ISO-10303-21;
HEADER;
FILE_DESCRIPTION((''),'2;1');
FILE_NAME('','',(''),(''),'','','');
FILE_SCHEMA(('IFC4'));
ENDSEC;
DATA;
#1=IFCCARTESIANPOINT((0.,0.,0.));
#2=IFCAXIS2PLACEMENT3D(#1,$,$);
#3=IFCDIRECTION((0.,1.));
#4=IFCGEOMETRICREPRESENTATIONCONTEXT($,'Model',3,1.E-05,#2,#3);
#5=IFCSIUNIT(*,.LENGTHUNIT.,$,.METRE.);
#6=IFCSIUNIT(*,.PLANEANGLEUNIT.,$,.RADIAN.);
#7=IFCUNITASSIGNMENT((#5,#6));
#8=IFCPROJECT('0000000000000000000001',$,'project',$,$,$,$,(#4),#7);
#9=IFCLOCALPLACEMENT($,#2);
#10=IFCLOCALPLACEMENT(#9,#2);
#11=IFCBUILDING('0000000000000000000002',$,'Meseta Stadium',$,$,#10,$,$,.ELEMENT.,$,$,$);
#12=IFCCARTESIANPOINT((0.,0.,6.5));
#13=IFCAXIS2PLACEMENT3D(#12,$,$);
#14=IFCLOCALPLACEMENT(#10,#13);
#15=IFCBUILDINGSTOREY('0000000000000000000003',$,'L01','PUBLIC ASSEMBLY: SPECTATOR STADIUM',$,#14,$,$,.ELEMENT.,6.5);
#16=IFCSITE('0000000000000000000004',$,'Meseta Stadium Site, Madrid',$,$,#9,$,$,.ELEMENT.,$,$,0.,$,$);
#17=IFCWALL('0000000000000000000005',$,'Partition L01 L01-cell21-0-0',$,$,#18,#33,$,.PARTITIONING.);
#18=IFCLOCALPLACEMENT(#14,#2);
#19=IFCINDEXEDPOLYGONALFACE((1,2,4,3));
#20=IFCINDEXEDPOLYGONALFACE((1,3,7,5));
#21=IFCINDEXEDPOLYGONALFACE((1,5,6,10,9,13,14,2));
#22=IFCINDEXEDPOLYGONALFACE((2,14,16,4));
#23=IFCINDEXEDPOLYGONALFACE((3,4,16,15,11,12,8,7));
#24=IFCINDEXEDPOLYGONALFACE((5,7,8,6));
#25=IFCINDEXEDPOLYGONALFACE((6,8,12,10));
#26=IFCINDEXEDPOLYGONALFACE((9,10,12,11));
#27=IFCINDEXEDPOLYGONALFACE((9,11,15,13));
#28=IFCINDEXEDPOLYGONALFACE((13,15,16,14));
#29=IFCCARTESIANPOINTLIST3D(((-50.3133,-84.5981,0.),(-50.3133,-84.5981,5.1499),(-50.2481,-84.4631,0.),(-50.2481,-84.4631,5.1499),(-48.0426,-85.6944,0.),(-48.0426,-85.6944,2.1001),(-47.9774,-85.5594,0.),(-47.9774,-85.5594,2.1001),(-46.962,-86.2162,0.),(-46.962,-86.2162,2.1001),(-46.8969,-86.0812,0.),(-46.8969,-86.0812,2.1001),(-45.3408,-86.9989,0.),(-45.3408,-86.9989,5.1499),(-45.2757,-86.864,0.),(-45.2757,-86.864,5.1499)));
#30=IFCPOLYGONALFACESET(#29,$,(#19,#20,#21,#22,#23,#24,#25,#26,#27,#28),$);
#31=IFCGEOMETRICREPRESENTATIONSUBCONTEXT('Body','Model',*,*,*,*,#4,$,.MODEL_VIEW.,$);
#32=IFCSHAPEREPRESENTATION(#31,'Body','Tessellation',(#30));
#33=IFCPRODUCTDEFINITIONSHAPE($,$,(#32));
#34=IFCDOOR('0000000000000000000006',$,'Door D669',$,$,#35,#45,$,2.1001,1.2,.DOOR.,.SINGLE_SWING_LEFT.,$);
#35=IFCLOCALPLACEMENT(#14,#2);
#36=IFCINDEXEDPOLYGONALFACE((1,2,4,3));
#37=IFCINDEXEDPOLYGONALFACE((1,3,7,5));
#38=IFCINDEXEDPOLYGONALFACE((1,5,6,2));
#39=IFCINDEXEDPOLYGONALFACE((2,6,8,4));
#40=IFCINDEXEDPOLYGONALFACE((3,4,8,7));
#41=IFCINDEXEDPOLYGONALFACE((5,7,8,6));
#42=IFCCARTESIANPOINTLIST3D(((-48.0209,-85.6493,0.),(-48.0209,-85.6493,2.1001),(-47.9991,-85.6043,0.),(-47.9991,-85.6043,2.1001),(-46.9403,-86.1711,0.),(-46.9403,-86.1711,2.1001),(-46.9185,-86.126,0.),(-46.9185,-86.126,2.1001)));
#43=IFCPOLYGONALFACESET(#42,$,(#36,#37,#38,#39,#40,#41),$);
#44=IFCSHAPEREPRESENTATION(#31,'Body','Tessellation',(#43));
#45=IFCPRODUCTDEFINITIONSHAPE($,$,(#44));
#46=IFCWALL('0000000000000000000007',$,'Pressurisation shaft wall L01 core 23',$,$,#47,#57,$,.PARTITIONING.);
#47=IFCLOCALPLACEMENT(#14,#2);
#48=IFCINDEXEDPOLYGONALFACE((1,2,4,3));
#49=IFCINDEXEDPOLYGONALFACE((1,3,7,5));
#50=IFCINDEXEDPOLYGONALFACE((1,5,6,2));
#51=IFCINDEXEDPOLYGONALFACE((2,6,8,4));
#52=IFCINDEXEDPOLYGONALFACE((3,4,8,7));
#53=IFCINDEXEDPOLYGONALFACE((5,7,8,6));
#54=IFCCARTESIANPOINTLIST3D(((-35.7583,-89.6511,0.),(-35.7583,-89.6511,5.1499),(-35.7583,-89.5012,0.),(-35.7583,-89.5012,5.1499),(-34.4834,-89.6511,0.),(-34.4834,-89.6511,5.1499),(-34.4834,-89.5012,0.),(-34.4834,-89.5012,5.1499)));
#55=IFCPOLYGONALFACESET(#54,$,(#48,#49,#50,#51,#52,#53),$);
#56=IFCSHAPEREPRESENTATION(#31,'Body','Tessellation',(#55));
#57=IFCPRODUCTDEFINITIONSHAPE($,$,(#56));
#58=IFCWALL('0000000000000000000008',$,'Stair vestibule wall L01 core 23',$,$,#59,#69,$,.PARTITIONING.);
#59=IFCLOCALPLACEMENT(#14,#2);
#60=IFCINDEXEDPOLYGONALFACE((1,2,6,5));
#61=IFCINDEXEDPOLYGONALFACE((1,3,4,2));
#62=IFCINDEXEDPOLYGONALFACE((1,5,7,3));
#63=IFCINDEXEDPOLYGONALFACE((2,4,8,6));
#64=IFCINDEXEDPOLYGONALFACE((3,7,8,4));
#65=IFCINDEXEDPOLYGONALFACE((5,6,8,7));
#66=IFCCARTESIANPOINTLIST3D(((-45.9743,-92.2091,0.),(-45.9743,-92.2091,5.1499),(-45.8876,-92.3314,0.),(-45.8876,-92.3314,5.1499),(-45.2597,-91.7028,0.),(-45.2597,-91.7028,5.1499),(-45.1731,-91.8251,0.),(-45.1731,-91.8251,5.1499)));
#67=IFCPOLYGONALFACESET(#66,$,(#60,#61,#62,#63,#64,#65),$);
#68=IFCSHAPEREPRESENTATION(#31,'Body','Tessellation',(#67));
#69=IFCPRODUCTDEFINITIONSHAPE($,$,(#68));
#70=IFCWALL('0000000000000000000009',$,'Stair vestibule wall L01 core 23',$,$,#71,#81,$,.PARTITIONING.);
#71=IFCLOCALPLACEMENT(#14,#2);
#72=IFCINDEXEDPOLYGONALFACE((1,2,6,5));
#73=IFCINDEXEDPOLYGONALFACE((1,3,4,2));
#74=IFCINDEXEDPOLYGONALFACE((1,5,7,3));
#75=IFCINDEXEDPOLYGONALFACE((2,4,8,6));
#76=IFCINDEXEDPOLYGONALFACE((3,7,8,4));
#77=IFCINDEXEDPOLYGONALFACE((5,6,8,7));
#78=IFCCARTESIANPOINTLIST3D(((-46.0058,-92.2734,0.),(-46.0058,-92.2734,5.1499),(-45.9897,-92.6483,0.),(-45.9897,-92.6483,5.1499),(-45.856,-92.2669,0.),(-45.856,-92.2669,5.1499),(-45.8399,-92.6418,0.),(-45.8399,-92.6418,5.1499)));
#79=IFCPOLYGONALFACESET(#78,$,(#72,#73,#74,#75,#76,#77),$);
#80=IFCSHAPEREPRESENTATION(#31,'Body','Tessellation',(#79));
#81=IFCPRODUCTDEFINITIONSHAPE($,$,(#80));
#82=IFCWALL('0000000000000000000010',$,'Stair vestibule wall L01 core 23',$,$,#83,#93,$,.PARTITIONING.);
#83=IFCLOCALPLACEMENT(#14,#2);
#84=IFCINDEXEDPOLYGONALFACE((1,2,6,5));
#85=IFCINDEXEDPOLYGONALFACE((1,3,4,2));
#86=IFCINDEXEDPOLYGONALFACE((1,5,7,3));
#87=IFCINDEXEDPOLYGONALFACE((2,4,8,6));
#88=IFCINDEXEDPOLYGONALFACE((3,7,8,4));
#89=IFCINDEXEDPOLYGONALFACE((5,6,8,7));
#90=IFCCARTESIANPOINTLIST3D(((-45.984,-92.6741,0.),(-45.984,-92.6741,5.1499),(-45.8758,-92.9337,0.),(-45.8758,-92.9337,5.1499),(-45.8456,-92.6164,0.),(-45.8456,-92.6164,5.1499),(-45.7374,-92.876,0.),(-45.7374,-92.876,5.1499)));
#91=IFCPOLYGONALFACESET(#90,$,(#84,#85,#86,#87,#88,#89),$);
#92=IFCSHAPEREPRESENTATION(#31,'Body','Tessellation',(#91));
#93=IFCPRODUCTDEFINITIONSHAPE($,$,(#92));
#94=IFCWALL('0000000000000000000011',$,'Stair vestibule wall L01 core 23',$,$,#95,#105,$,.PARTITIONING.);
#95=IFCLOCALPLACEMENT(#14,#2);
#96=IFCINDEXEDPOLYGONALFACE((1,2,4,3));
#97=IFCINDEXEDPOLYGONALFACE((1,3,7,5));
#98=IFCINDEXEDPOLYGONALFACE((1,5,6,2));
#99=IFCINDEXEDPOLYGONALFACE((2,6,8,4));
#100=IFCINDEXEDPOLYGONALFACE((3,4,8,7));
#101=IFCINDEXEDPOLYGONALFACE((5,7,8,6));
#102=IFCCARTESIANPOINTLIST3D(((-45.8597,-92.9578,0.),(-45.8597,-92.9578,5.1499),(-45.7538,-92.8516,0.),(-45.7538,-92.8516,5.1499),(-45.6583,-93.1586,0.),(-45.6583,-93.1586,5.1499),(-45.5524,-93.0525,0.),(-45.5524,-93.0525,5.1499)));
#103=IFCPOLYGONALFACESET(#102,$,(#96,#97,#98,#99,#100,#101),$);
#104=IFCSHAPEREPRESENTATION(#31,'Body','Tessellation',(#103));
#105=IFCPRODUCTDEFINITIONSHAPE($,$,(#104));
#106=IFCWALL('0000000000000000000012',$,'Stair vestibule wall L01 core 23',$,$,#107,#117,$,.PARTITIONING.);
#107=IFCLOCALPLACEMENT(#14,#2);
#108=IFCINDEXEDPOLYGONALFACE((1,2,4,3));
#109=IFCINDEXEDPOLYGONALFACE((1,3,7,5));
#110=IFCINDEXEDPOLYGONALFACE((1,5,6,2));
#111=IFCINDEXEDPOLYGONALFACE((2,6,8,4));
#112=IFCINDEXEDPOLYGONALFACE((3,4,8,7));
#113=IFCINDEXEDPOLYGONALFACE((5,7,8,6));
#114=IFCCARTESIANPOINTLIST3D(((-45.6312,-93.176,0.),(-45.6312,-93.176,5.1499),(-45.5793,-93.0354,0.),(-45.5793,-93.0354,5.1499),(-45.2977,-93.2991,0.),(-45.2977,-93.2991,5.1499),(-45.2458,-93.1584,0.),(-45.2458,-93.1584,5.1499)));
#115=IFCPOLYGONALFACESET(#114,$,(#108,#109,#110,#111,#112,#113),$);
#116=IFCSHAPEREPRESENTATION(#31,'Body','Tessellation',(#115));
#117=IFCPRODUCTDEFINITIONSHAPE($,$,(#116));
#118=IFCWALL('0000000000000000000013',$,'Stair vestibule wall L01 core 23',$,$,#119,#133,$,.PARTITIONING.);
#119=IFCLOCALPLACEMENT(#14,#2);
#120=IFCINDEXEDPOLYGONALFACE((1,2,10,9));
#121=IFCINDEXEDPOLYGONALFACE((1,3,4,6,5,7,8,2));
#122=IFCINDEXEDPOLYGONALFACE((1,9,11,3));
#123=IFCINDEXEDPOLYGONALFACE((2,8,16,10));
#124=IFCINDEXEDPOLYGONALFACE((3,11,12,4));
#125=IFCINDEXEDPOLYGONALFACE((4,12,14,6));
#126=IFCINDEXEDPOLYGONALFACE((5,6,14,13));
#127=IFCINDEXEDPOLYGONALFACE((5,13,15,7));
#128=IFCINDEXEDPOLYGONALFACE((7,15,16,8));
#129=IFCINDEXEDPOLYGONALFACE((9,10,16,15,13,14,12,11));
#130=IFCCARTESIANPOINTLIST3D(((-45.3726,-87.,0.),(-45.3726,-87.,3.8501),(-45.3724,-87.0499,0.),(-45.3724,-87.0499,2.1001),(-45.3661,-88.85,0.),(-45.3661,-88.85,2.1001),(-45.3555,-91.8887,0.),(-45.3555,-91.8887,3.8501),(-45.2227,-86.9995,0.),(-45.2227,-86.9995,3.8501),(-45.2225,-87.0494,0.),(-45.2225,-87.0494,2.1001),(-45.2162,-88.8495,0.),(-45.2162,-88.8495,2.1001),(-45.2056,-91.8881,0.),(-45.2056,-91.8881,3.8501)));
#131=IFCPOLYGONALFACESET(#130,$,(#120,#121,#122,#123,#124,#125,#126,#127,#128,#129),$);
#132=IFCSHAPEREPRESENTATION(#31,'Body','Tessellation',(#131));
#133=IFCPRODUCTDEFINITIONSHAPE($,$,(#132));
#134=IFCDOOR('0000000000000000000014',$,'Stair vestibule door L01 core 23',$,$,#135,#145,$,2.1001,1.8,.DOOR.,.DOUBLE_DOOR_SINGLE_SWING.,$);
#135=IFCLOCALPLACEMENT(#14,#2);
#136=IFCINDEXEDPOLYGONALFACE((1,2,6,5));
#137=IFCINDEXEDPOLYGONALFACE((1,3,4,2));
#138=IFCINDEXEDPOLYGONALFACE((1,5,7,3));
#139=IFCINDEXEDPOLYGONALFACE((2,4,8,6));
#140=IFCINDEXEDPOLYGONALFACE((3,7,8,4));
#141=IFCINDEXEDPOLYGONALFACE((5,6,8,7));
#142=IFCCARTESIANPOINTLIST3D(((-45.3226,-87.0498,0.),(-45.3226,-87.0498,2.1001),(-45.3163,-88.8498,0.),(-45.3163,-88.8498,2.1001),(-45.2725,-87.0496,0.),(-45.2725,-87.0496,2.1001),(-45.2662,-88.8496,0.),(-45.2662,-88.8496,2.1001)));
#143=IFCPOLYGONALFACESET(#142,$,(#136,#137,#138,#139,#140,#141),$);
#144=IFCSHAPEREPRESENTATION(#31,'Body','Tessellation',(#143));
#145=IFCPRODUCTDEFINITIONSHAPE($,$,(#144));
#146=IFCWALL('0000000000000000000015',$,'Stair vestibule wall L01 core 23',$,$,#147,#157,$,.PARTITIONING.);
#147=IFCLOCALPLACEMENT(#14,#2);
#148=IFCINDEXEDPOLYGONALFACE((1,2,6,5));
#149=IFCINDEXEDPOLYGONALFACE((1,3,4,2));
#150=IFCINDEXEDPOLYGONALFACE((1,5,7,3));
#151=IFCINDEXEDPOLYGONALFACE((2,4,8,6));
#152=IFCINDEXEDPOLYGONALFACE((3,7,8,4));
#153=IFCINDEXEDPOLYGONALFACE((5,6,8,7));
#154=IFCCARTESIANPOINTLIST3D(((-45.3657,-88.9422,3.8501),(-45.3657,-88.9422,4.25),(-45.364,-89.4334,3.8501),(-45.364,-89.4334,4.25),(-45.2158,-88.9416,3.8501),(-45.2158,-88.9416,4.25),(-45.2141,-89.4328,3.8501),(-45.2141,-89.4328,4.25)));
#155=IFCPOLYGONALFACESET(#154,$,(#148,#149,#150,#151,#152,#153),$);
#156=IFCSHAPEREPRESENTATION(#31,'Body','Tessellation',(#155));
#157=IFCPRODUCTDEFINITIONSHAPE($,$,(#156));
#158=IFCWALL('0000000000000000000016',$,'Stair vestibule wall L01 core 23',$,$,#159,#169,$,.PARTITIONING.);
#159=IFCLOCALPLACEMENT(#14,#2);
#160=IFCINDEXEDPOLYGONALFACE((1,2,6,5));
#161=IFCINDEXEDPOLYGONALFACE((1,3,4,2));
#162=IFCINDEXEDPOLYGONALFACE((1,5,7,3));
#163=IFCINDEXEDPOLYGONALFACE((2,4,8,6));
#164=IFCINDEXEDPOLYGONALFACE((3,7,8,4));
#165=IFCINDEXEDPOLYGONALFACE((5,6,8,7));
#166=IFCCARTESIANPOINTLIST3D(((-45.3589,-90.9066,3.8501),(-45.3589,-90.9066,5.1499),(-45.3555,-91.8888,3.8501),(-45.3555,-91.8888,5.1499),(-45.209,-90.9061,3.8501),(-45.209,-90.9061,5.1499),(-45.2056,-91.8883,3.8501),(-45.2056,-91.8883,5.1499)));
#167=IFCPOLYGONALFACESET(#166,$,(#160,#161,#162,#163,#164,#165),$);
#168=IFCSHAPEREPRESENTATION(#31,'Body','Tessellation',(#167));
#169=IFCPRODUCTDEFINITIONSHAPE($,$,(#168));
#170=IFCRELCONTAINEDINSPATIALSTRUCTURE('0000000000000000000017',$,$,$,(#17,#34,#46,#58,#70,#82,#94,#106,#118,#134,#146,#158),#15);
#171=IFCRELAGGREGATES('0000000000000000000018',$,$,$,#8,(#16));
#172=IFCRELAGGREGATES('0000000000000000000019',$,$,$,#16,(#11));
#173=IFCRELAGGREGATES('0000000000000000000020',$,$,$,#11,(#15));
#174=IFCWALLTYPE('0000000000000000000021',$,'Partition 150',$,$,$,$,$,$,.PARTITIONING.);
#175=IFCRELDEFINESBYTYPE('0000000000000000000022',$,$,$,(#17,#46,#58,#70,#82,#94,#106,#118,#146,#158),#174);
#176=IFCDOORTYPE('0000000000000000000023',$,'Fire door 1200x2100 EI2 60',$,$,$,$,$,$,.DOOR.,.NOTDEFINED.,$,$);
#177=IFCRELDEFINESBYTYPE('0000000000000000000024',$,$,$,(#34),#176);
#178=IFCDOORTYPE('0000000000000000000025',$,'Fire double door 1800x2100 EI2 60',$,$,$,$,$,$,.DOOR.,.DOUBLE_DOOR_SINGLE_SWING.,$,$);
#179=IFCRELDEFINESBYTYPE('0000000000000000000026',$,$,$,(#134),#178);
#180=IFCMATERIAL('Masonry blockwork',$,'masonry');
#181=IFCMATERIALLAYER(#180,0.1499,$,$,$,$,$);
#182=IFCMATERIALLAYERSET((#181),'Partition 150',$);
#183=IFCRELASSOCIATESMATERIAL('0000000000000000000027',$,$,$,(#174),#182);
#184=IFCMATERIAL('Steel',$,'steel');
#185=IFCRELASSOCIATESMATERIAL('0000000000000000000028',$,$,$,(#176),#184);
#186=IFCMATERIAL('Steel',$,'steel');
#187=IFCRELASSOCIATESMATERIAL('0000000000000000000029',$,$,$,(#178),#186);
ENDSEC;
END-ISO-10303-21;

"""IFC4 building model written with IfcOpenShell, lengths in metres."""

from ifc_helpers import new_model, si_unit, direction, frame, frame_2d, origin, place, context, subcontext, project, spatial, rectangle, extrude, material, layer, layer_set, type_object, element, fill, save


model = new_model("IFC4")

# Units and contexts
model_context = context("Model", 3, precision=1e-05, world=origin(), true_north=direction((0.0, 1.0)))
body_context = subcontext(model_context, "Body", "Model", "MODEL_VIEW")
ifc_project = project(units=[si_unit("LENGTHUNIT", "METRE"), si_unit("PLANEANGLEUNIT", "RADIAN")], contexts=[model_context])

# Site, building, storey
site_placement = place(None, origin())
site = spatial("IfcSite", under=ifc_project, at=site_placement, Name="Meseta Stadium Site, Madrid", CompositionType="ELEMENT", RefElevation=0.0)
building_placement = place(site_placement, origin())
building = spatial("IfcBuilding", under=site, at=building_placement, Name="Meseta Stadium", CompositionType="ELEMENT")
storey_placement = place(building_placement, frame((0.0, 0.0, 6.5)))
storey = spatial("IfcBuildingStorey", under=building, at=storey_placement, Name="L01", Description="PUBLIC ASSEMBLY: SPECTATOR STADIUM", CompositionType="ELEMENT", Elevation=6.5)

# Wall, opening, door
ifc_material_1 = material(Name="Masonry blockwork", Category="masonry")
ifc_layer_1 = layer(ifc_material_1, 0.1499)
ifc_layer_set_1 = layer_set([ifc_layer_1], Name="Partition 150")
wall_type_1 = type_object("IfcWallType", Name="Partition 150", PredefinedType="PARTITIONING", material=ifc_layer_set_1)
wall_1_placement = place(storey_placement, frame((-45.3083, -86.9314, 0.0), z_axis=(0.0, 0.0, 1.0), x_axis=(-0.900523, 0.434808, 0.0)))
wall_1 = element("IfcWall", 1, at=wall_1_placement, inside=storey, type_object=wall_type_1, Name="Partition L01 L01-cell21-0-0", PredefinedType="PARTITIONING", context=body_context, shape_type="SweptSolid", body=[
    extrude(rectangle(XDim=5.5217, YDim=0.1499, at=frame_2d((2.7607, 0.0))), origin(), (0.0, 0.0, 1.0), 5.1499),
])
opening_1_placement = place(wall_1_placement, frame((1.8, 0.0, 0.0)))
opening_1 = element("IfcOpeningElement", 2, at=opening_1_placement, cuts=wall_1, PredefinedType="OPENING", context=body_context, shape_type="SweptSolid", body=[
    extrude(rectangle(XDim=1.2, YDim=2.1001, at=frame_2d((0.6001, 1.05))), frame((0.0, 0.085, 0.0), z_axis=(0.0, -1.0, 0.0), x_axis=(1.0, 0.0, 0.0)), (0.0, 0.0, 1.0), 0.1699),
])
ifc_material_2 = material(Name="Steel", Category="steel")
door_type_1 = type_object("IfcDoorType", Name="Fire door 1200x2100 EI2 60", OperationType="NOTDEFINED", PredefinedType="DOOR", material=ifc_material_2)
door_1_placement = place(opening_1_placement, origin())
door_1 = element("IfcDoor", 3, at=door_1_placement, inside=storey, type_object=door_type_1, Name="Door D669", OperationType="SINGLE_SWING_LEFT", OverallHeight=2.1001, OverallWidth=1.2, PredefinedType="DOOR", context=body_context, shape_type="SweptSolid", body=[
    extrude(rectangle(XDim=1.2, YDim=2.1001, at=frame_2d((0.6001, 1.05))), frame((0.0, 0.0249, 0.0), z_axis=(0.0, -1.0, 0.0), x_axis=(1.0, 0.0, 0.0)), (0.0, 0.0, 1.0), 0.05),
])
fill(opening_1, door_1)

# Walls
wall_2_placement = place(storey_placement, frame((-35.7583, -89.5762, 0.0), z_axis=(0.0, 0.0, 1.0), x_axis=(1.0, 0.0, 0.0)))
element("IfcWall", 4, at=wall_2_placement, inside=storey, type_object=wall_type_1, Name="Pressurisation shaft wall L01 core 23", PredefinedType="PARTITIONING", context=body_context, shape_type="SweptSolid", body=[
    extrude(rectangle(XDim=1.2749, YDim=0.1499, at=frame_2d((0.6375, 0.0))), origin(), (0.0, 0.0, 1.0), 5.1499),
])
wall_3_placement = place(storey_placement, frame((-45.2163, -91.7639, 0.0), z_axis=(0.0, 0.0, 1.0), x_axis=(-0.815931, -0.578149, 0.0)))
element("IfcWall", 5, at=wall_3_placement, inside=storey, type_object=wall_type_1, Name="Stair vestibule wall L01 core 23", PredefinedType="PARTITIONING", context=body_context, shape_type="SweptSolid", body=[
    extrude(rectangle(XDim=0.8757, YDim=0.1499, at=frame_2d((0.438, 0.0))), origin(), (0.0, 0.0, 1.0), 5.1499),
])
wall_4_placement = place(storey_placement, frame((-45.9309, -92.2703, 0.0), z_axis=(0.0, 0.0, 1.0), x_axis=(0.042929, -0.999078, 0.0)))
element("IfcWall", 6, at=wall_4_placement, inside=storey, type_object=wall_type_1, Name="Stair vestibule wall L01 core 23", PredefinedType="PARTITIONING", context=body_context, shape_type="SweptSolid", body=[
    extrude(rectangle(XDim=0.3752, YDim=0.1499, at=frame_2d((0.1875, 0.0))), origin(), (0.0, 0.0, 1.0), 5.1499),
])
wall_5_placement = place(storey_placement, frame((-45.9148, -92.6453, 0.0), z_axis=(0.0, 0.0, 1.0), x_axis=(0.384677, -0.923051, 0.0)))
element("IfcWall", 7, at=wall_5_placement, inside=storey, type_object=wall_type_1, Name="Stair vestibule wall L01 core 23", PredefinedType="PARTITIONING", context=body_context, shape_type="SweptSolid", body=[
    extrude(rectangle(XDim=0.2812, YDim=0.1499, at=frame_2d((0.1406, 0.0))), origin(), (0.0, 0.0, 1.0), 5.1499),
])
wall_6_placement = place(storey_placement, frame((-45.8066, -92.9048, 0.0), z_axis=(0.0, 0.0, 1.0), x_axis=(0.707964, -0.706248, 0.0)))
element("IfcWall", 8, at=wall_6_placement, inside=storey, type_object=wall_type_1, Name="Stair vestibule wall L01 core 23", PredefinedType="PARTITIONING", context=body_context, shape_type="SweptSolid", body=[
    extrude(rectangle(XDim=0.2844, YDim=0.1499, at=frame_2d((0.1421, 0.0))), origin(), (0.0, 0.0, 1.0), 5.1499),
])
wall_7_placement = place(storey_placement, frame((-45.6052, -93.1057, 0.0), z_axis=(0.0, 0.0, 1.0), x_axis=(0.938179, -0.346151, 0.0)))
element("IfcWall", 9, at=wall_7_placement, inside=storey, type_object=wall_type_1, Name="Stair vestibule wall L01 core 23", PredefinedType="PARTITIONING", context=body_context, shape_type="SweptSolid", body=[
    extrude(rectangle(XDim=0.3555, YDim=0.1499, at=frame_2d((0.1777, 0.0))), origin(), (0.0, 0.0, 1.0), 5.1499),
])

# Wall, opening, door
wall_8_placement = place(storey_placement, frame((-45.2976, -86.9998, 0.0), z_axis=(0.0, 0.0, 1.0), x_axis=(0.003496, -0.999994, 0.0)))
wall_8 = element("IfcWall", 10, at=wall_8_placement, inside=storey, type_object=wall_type_1, Name="Stair vestibule wall L01 core 23", PredefinedType="PARTITIONING", context=body_context, shape_type="SweptSolid", body=[
    extrude(rectangle(XDim=4.8887, YDim=0.1499, at=frame_2d((2.4443, 0.0))), origin(), (0.0, 0.0, 1.0), 3.8501),
])
opening_2_placement = place(wall_8_placement, frame((0.05, 0.0, 0.0)))
opening_2 = element("IfcOpeningElement", 11, at=opening_2_placement, cuts=wall_8, PredefinedType="OPENING", context=body_context, shape_type="SweptSolid", body=[
    extrude(rectangle(XDim=1.8, YDim=2.1001, at=frame_2d((0.8999, 1.05))), frame((0.0, 0.085, 0.0), z_axis=(0.0, -1.0, 0.0), x_axis=(1.0, 0.0, 0.0)), (0.0, 0.0, 1.0), 0.1699),
])
ifc_material_3 = material(Name="Steel", Category="steel")
door_type_2 = type_object("IfcDoorType", Name="Fire double door 1800x2100 EI2 60", OperationType="DOUBLE_DOOR_SINGLE_SWING", PredefinedType="DOOR", material=ifc_material_3)
door_2_placement = place(opening_2_placement, origin())
door_2 = element("IfcDoor", 12, at=door_2_placement, inside=storey, type_object=door_type_2, Name="Stair vestibule door L01 core 23", OperationType="DOUBLE_DOOR_SINGLE_SWING", OverallHeight=2.1001, OverallWidth=1.8, PredefinedType="DOOR", context=body_context, shape_type="SweptSolid", body=[
    extrude(rectangle(XDim=1.8, YDim=2.1001, at=frame_2d((0.8999, 1.05))), frame((0.0, 0.0249, 0.0), z_axis=(0.0, -1.0, 0.0), x_axis=(1.0, 0.0, 0.0)), (0.0, 0.0, 1.0), 0.05),
])
fill(opening_2, door_2)

# Walls
wall_9_placement = place(storey_placement, frame((-45.2908, -88.9419, 3.8501), z_axis=(0.0, 0.0, 1.0), x_axis=(0.003479, -0.999994, 0.0)))
element("IfcWall", 13, at=wall_9_placement, inside=storey, type_object=wall_type_1, Name="Stair vestibule wall L01 core 23", PredefinedType="PARTITIONING", context=body_context, shape_type="SweptSolid", body=[
    extrude(rectangle(XDim=0.4912, YDim=0.1499, at=frame_2d((0.2456, 0.0))), origin(), (0.0, 0.0, 1.0), 0.3999),
])
wall_10_placement = place(storey_placement, frame((-45.2839, -90.9062, 3.8501), z_axis=(0.0, 0.0, 1.0), x_axis=(0.00348, -0.999994, 0.0)))
element("IfcWall", 14, at=wall_10_placement, inside=storey, type_object=wall_type_1, Name="Stair vestibule wall L01 core 23", PredefinedType="PARTITIONING", context=body_context, shape_type="SweptSolid", body=[
    extrude(rectangle(XDim=0.9822, YDim=0.1499, at=frame_2d((0.4912, 0.0))), origin(), (0.0, 0.0, 1.0), 1.2998),
])

save(model, "model.ifc")
